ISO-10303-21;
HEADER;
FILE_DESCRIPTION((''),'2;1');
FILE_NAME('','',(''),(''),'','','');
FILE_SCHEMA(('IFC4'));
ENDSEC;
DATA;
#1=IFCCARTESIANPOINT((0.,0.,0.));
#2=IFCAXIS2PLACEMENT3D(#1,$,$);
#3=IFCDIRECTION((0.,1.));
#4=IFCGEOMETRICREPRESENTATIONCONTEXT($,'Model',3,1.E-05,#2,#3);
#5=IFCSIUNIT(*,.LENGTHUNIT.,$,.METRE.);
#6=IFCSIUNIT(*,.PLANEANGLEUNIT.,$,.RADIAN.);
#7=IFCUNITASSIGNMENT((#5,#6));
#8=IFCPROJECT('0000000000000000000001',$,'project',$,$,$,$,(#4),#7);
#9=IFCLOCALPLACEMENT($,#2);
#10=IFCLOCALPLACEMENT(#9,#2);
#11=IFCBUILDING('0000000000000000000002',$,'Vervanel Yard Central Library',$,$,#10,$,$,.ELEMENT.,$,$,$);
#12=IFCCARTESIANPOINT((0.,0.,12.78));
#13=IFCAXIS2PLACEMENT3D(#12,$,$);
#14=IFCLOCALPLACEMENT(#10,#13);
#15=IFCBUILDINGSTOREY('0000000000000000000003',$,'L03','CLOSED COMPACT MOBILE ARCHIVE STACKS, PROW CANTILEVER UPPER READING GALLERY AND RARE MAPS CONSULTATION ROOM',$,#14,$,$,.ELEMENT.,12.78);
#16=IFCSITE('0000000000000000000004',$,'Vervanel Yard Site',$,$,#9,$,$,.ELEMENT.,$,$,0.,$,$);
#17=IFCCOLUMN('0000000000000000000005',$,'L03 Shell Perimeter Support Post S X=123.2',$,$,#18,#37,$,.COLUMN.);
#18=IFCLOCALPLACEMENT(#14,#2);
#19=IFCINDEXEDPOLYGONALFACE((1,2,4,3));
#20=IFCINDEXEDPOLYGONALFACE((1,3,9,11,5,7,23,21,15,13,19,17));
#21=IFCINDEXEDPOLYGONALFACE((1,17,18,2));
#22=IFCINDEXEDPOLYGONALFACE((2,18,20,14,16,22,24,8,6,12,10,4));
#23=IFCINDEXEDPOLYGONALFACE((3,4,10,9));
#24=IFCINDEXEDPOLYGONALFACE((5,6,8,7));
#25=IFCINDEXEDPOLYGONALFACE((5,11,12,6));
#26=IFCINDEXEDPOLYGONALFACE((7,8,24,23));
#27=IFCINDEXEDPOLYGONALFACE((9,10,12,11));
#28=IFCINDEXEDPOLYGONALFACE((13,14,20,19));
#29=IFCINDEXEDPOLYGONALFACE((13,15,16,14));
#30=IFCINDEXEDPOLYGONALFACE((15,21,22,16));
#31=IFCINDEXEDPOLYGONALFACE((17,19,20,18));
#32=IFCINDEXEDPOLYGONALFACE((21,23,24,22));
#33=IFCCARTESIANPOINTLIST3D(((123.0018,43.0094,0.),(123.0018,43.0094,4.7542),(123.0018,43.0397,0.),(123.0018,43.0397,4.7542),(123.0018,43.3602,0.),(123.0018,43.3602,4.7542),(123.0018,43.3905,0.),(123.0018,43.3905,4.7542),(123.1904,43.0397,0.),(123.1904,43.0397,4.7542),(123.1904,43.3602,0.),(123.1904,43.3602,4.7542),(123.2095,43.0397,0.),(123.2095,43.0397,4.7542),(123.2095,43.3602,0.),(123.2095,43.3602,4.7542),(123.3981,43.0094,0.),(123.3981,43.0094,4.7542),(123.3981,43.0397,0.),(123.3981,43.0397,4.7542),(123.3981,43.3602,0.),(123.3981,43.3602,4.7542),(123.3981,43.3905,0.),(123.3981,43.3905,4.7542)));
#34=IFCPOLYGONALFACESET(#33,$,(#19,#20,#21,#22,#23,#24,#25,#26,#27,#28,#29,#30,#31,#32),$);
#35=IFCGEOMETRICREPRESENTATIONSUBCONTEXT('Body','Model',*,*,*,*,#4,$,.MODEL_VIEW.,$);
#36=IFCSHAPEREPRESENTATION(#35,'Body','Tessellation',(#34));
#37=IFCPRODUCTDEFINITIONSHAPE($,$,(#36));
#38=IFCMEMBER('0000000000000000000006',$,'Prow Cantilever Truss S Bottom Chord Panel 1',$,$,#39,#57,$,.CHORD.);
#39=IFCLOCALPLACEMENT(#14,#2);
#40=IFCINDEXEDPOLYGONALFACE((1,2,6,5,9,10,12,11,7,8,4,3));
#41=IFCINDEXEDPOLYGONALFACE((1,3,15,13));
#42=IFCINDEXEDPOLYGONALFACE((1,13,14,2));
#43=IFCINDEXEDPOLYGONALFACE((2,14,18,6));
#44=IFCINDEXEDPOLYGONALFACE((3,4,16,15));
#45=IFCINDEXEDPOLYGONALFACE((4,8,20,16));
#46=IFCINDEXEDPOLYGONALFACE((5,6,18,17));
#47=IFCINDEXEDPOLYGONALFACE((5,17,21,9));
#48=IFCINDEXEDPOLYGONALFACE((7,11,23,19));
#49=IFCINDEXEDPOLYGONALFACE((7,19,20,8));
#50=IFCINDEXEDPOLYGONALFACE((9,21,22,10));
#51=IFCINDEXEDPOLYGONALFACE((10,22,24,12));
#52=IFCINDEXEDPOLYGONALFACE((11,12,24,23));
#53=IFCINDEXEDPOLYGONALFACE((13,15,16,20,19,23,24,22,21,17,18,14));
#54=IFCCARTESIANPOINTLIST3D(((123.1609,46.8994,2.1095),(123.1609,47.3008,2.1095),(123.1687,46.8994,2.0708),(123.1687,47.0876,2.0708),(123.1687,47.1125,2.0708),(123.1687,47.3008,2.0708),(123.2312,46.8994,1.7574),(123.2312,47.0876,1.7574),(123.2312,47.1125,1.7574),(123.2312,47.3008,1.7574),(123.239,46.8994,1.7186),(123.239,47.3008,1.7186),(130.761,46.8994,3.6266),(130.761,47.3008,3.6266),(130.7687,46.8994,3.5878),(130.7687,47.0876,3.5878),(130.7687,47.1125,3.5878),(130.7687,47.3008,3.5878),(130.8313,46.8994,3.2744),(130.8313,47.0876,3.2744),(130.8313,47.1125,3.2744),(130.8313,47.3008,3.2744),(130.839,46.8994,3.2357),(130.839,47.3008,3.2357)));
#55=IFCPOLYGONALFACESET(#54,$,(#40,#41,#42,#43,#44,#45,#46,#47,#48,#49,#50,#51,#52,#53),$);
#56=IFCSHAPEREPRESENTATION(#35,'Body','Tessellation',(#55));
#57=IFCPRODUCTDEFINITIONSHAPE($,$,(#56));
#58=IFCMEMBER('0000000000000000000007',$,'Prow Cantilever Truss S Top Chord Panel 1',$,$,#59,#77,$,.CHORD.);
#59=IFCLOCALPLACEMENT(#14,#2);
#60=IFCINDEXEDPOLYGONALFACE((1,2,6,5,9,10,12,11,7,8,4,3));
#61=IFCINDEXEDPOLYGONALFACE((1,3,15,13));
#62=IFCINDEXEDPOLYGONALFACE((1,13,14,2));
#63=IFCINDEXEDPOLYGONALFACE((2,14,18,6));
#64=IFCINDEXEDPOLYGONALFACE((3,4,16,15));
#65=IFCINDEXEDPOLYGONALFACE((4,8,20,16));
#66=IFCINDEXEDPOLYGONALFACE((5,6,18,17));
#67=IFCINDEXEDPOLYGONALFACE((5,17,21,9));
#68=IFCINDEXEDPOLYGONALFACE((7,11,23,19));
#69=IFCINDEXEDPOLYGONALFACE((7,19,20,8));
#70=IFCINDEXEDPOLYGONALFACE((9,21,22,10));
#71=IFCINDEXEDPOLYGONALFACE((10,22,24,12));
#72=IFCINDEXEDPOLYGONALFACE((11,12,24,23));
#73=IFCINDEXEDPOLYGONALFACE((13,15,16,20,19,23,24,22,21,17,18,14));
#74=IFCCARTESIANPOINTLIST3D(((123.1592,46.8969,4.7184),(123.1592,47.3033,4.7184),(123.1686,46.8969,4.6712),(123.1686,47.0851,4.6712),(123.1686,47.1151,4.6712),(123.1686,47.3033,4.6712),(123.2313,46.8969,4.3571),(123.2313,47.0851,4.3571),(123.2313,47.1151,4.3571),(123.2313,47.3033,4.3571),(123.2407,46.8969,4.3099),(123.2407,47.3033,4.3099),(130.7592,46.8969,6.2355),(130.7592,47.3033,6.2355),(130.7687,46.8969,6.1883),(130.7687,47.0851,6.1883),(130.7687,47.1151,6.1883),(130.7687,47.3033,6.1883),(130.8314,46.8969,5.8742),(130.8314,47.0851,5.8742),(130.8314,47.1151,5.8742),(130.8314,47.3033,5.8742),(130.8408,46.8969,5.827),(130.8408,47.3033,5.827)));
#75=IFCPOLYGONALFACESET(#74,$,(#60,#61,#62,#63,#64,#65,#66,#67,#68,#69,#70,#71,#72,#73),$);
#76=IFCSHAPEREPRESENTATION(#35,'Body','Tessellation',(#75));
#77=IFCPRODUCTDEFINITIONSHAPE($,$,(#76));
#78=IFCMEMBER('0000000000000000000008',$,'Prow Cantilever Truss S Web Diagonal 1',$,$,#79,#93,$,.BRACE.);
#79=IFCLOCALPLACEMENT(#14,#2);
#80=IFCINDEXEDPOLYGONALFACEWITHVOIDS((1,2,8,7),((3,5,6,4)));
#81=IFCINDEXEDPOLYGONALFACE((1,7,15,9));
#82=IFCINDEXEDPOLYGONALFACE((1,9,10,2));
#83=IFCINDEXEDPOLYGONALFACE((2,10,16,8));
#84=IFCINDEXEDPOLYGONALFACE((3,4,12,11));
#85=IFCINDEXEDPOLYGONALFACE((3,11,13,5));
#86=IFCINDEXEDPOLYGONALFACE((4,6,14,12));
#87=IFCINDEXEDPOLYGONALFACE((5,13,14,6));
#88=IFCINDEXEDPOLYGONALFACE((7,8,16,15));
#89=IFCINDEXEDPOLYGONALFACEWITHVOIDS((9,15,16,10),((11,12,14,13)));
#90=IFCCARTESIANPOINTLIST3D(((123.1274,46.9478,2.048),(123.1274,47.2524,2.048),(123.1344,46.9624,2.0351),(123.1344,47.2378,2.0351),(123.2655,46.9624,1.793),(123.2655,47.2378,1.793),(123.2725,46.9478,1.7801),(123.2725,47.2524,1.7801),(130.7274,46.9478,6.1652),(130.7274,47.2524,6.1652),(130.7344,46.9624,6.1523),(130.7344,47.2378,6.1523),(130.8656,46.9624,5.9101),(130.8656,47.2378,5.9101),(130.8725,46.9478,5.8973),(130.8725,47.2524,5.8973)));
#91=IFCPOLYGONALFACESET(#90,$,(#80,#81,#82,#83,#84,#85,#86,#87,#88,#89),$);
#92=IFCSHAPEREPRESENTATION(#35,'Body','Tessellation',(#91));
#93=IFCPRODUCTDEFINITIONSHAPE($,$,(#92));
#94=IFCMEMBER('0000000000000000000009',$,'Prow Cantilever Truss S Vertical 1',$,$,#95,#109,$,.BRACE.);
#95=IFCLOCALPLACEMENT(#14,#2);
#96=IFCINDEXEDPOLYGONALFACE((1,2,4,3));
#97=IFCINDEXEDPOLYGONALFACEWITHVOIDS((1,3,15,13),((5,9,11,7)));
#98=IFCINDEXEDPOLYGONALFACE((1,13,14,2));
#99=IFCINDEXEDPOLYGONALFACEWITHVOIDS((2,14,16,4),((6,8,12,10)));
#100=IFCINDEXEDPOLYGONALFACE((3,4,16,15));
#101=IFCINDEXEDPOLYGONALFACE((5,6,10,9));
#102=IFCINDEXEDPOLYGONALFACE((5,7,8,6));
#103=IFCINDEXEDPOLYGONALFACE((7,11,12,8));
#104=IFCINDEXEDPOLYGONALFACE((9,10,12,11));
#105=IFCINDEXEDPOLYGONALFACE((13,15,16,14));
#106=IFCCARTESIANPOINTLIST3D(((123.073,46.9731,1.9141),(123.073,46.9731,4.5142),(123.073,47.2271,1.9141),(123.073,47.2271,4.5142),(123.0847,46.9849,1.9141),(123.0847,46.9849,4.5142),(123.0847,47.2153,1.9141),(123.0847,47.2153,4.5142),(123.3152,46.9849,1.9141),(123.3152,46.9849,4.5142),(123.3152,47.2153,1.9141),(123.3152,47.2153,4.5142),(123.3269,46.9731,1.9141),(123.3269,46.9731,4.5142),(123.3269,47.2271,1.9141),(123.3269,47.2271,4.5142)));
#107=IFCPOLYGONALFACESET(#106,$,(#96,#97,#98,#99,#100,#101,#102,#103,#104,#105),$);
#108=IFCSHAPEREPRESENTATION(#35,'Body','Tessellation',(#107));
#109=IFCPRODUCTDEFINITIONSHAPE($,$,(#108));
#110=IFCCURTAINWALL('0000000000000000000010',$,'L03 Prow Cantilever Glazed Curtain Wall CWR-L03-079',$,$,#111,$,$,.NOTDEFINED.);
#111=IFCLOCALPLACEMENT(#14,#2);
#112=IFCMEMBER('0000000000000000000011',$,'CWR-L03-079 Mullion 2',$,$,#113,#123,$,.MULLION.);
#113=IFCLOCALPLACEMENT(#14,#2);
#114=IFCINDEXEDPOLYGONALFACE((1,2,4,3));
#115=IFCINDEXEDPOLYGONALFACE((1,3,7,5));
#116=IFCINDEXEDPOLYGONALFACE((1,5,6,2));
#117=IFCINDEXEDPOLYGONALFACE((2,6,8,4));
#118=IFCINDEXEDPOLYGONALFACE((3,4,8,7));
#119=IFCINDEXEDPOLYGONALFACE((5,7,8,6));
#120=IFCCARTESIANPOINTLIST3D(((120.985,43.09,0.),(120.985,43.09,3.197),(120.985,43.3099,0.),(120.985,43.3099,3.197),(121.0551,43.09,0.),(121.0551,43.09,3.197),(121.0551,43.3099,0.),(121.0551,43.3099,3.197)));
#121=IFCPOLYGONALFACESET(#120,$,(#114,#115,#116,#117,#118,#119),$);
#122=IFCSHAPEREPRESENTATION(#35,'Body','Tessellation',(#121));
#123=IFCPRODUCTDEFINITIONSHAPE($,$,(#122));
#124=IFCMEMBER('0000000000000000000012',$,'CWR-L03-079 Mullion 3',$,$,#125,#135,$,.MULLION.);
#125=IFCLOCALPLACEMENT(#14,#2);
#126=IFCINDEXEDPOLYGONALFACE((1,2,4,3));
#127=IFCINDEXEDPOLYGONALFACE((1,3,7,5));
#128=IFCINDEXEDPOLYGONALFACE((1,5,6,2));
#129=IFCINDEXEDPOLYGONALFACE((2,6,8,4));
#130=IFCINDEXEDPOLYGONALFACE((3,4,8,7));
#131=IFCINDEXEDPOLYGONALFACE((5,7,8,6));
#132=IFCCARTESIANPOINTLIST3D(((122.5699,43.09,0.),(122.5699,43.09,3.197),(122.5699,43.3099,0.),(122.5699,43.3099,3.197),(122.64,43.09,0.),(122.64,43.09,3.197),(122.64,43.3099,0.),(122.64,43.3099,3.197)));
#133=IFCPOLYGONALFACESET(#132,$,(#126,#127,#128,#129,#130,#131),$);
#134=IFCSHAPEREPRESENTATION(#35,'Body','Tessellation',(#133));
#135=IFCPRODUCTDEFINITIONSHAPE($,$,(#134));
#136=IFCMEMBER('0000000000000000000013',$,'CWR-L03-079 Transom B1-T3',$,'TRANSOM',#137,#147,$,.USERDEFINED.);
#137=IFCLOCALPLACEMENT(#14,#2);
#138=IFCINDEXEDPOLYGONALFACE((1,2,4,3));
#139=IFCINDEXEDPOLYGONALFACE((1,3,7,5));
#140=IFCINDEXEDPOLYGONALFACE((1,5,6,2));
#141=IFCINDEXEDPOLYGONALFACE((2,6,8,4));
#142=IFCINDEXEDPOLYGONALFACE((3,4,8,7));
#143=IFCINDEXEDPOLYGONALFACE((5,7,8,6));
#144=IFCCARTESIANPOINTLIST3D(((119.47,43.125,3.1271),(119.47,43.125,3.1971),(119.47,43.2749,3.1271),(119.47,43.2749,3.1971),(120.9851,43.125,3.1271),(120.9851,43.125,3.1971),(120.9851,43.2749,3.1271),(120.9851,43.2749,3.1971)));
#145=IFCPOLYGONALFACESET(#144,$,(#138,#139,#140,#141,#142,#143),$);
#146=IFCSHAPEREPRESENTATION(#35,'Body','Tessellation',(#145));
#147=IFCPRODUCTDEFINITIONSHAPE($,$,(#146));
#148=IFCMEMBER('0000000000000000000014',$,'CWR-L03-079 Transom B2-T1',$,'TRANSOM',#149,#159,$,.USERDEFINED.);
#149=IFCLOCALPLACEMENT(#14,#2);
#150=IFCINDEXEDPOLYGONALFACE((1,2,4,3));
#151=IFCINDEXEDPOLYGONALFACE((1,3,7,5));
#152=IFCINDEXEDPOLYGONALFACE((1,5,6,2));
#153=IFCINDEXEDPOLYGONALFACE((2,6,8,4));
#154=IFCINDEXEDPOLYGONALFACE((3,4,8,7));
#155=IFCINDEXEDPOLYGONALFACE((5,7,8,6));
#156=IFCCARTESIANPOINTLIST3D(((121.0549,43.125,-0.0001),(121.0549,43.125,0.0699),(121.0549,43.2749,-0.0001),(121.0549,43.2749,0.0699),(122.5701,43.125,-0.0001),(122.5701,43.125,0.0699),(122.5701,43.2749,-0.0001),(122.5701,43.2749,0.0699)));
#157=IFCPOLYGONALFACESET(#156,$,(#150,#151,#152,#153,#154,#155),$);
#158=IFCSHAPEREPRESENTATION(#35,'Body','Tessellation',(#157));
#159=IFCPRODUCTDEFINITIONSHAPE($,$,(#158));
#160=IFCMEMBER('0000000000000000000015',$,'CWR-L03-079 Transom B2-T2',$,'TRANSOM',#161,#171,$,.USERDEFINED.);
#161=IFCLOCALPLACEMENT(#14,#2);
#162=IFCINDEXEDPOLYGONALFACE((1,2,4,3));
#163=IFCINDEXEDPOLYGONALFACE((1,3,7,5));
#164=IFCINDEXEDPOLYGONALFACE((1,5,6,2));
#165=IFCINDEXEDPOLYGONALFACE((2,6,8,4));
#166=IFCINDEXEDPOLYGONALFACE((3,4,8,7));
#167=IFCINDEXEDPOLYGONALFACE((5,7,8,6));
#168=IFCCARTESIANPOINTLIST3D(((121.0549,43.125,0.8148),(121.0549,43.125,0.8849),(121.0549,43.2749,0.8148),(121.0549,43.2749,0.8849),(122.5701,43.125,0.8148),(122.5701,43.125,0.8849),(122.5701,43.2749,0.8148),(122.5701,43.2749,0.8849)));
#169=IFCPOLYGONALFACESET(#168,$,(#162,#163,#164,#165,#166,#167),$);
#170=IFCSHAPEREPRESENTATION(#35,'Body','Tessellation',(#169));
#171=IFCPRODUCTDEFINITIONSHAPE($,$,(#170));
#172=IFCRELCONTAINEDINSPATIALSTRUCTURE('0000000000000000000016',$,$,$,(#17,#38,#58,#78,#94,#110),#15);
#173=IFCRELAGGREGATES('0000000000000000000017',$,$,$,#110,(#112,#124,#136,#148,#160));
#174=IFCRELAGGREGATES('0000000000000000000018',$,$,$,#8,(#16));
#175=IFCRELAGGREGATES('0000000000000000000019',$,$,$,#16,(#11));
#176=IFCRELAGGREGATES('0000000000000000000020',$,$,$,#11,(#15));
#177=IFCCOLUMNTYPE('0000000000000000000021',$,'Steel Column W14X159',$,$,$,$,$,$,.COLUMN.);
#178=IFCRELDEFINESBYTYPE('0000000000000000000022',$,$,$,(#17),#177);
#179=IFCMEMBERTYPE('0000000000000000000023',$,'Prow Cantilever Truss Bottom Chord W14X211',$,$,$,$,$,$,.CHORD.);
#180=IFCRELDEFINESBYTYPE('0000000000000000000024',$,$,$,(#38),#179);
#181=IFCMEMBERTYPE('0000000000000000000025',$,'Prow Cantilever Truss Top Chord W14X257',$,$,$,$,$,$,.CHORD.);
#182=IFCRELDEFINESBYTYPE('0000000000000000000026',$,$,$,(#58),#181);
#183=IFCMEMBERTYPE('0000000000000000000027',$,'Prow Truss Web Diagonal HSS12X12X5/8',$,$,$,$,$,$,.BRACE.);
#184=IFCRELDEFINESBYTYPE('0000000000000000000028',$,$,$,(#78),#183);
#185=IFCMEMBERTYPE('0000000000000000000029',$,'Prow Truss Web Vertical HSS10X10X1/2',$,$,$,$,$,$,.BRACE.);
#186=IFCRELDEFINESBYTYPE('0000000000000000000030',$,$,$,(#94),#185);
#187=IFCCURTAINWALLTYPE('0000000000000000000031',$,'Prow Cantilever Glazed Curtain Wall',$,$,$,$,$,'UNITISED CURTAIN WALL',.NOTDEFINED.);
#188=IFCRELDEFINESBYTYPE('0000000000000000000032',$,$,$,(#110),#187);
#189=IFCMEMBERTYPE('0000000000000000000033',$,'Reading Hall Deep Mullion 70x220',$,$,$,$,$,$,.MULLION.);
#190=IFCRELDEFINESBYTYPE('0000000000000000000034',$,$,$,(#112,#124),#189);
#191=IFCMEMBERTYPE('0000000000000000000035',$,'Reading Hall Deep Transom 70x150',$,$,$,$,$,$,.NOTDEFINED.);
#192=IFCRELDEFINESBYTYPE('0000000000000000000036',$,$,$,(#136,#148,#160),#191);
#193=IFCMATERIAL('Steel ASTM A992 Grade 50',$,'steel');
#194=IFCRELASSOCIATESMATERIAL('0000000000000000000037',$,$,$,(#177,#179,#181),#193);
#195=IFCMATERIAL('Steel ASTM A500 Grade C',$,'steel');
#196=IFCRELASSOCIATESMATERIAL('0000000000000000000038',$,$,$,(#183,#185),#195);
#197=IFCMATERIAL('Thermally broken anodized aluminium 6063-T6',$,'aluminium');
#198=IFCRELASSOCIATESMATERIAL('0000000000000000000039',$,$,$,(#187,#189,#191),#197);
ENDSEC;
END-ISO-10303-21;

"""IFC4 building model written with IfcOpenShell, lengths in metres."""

from ifc_helpers import new_model, si_unit, direction, frame, origin, origin_2d, place, context, subcontext, project, spatial, rectangle, hollow_rectangle, i_section, extrude, material, material_profile, profile_set, type_object, element, aggregate, save


model = new_model("IFC4")

# Units and contexts
model_context = context("Model", 3, precision=1e-05, world=origin(), true_north=direction((0.0, 1.0)))
body_context = subcontext(model_context, "Body", "Model", "MODEL_VIEW")
ifc_project = project(units=[si_unit("LENGTHUNIT", "METRE"), si_unit("PLANEANGLEUNIT", "RADIAN")], contexts=[model_context])

# Site, building, storey
site_placement = place(None, origin())
site = spatial("IfcSite", under=ifc_project, at=site_placement, Name="Vervanel Yard Site", CompositionType="ELEMENT", RefElevation=0.0)
building_placement = place(site_placement, origin())
building = spatial("IfcBuilding", under=site, at=building_placement, Name="Vervanel Yard Central Library", CompositionType="ELEMENT")
storey_placement = place(building_placement, frame((0.0, 0.0, 12.78)))
storey = spatial("IfcBuildingStorey", under=building, at=storey_placement, Name="L03", Description="CLOSED COMPACT MOBILE ARCHIVE STACKS, PROW CANTILEVER UPPER READING GALLERY AND RARE MAPS CONSULTATION ROOM", CompositionType="ELEMENT", Elevation=12.78)

# Column
ifc_material_1 = material(Name="Steel ASTM A992 Grade 50", Category="steel")
ifc_material_profile_1 = material_profile(ifc_material_1, i_section(OverallWidth=0.3962, OverallDepth=0.3811, WebThickness=0.019, FlangeThickness=0.0303, at=origin_2d()), Name="W14X159", Category="steel")
ifc_profile_set_1 = profile_set([ifc_material_profile_1], Name="Steel ASTM A992 Grade 50")
column_type = type_object("IfcColumnType", Name="Steel Column W14X159", PredefinedType="COLUMN", material=ifc_profile_set_1)
column_placement = place(storey_placement, frame((123.2, 43.2, 0.0), z_axis=(0.0, 0.0, 1.0), x_axis=(1.0, 0.0, 0.0)))
element("IfcColumn", 1, at=column_placement, inside=storey, type_object=column_type, Name="L03 Shell Perimeter Support Post S X=123.2", PredefinedType="COLUMN", context=body_context, shape_type="SweptSolid", body=[
    extrude(i_section(OverallWidth=0.3962, OverallDepth=0.3811, WebThickness=0.019, FlangeThickness=0.0303, at=origin_2d()), origin(), (0.0, 0.0, 1.0), 4.7542),
])

# Members
ifc_material_profile_2 = material_profile(ifc_material_1, i_section(OverallWidth=0.4014, OverallDepth=0.3987, WebThickness=0.0249, FlangeThickness=0.0396, at=origin_2d()), Name="W14X211", Category="steel")
ifc_profile_set_2 = profile_set([ifc_material_profile_2], Name="Steel ASTM A992 Grade 50")
member_type_1 = type_object("IfcMemberType", Name="Prow Cantilever Truss Bottom Chord W14X211", PredefinedType="CHORD", material=ifc_profile_set_2)
member_1_placement = place(storey_placement, frame((123.2, 47.1001, 1.9141), z_axis=(0.980653, 0.0, 0.195753), x_axis=(0.0, 1.0, 0.0)))
element("IfcMember", 2, at=member_1_placement, inside=storey, type_object=member_type_1, Name="Prow Cantilever Truss S Bottom Chord Panel 1", PredefinedType="CHORD", context=body_context, shape_type="SweptSolid", body=[
    extrude(i_section(OverallWidth=0.4014, OverallDepth=0.3987, WebThickness=0.0249, FlangeThickness=0.0396, at=origin_2d()), origin(), (0.0, 0.0, 1.0), 7.75),
])
ifc_material_profile_3 = material_profile(ifc_material_1, i_section(OverallWidth=0.4065, OverallDepth=0.4165, WebThickness=0.03, FlangeThickness=0.0481, at=origin_2d()), Name="W14X257", Category="steel")
ifc_profile_set_3 = profile_set([ifc_material_profile_3], Name="Steel ASTM A992 Grade 50")
member_type_2 = type_object("IfcMemberType", Name="Prow Cantilever Truss Top Chord W14X257", PredefinedType="CHORD", material=ifc_profile_set_3)
member_2_placement = place(storey_placement, frame((123.2, 47.1001, 4.5142), z_axis=(0.980653, 0.0, 0.195753), x_axis=(0.0, 1.0, 0.0)))
element("IfcMember", 3, at=member_2_placement, inside=storey, type_object=member_type_2, Name="Prow Cantilever Truss S Top Chord Panel 1", PredefinedType="CHORD", context=body_context, shape_type="SweptSolid", body=[
    extrude(i_section(OverallWidth=0.4065, OverallDepth=0.4165, WebThickness=0.03, FlangeThickness=0.0481, at=origin_2d()), origin(), (0.0, 0.0, 1.0), 7.75),
])
ifc_material_2 = material(Name="Steel ASTM A500 Grade C", Category="steel")
ifc_material_profile_4 = material_profile(ifc_material_2, hollow_rectangle(XDim=0.3047, YDim=0.3047, WallThickness=0.0146, at=origin_2d()), Name="HSS12X12X5/8", Category="steel")
ifc_profile_set_4 = profile_set([ifc_material_profile_4], Name="Steel ASTM A500 Grade C")
member_type_3 = type_object("IfcMemberType", Name="Prow Truss Web Diagonal HSS12X12X5/8", PredefinedType="BRACE", material=ifc_profile_set_4)
member_3_placement = place(storey_placement, frame((123.2, 47.1001, 1.9141), z_axis=(0.879269, 0.0, 0.476325), x_axis=(0.0, 1.0, 0.0)))
element("IfcMember", 4, at=member_3_placement, inside=storey, type_object=member_type_3, Name="Prow Cantilever Truss S Web Diagonal 1", PredefinedType="BRACE", context=body_context, shape_type="SweptSolid", body=[
    extrude(hollow_rectangle(XDim=0.3047, YDim=0.3047, WallThickness=0.0146, at=origin_2d()), origin(), (0.0, 0.0, 1.0), 8.6436),
])
ifc_material_profile_5 = material_profile(ifc_material_2, hollow_rectangle(XDim=0.2539, YDim=0.2539, WallThickness=0.0117, at=origin_2d()), Name="HSS10X10X1/2", Category="steel")
ifc_profile_set_5 = profile_set([ifc_material_profile_5], Name="Steel ASTM A500 Grade C")
member_type_4 = type_object("IfcMemberType", Name="Prow Truss Web Vertical HSS10X10X1/2", PredefinedType="BRACE", material=ifc_profile_set_5)
member_4_placement = place(storey_placement, frame((123.2, 47.1001, 1.9141), z_axis=(0.0, 0.0, 1.0), x_axis=(1.0, 0.0, 0.0)))
element("IfcMember", 5, at=member_4_placement, inside=storey, type_object=member_type_4, Name="Prow Cantilever Truss S Vertical 1", PredefinedType="BRACE", context=body_context, shape_type="SweptSolid", body=[
    extrude(hollow_rectangle(XDim=0.2539, YDim=0.2539, WallThickness=0.0117, at=origin_2d()), origin(), (0.0, 0.0, 1.0), 2.6001),
])

# Curtain wall, members
ifc_material_3 = material(Name="Thermally broken anodized aluminium 6063-T6", Category="aluminium")
curtain_wall_type = type_object("IfcCurtainWallType", Name="Prow Cantilever Glazed Curtain Wall", ElementType="UNITISED CURTAIN WALL", PredefinedType="NOTDEFINED", material=ifc_material_3)
curtain_wall_placement = place(storey_placement, origin())
curtain_wall = element("IfcCurtainWall", 6, at=curtain_wall_placement, inside=storey, type_object=curtain_wall_type, Name="L03 Prow Cantilever Glazed Curtain Wall CWR-L03-079", PredefinedType="NOTDEFINED")
ifc_material_profile_6 = material_profile(ifc_material_3, rectangle(XDim=0.0701, YDim=0.22, at=origin_2d()), Name="ALU 70x220", Category="aluminium")
ifc_profile_set_6 = profile_set([ifc_material_profile_6], Name="Thermally broken anodized aluminium 6063-T6")
member_type_5 = type_object("IfcMemberType", Name="Reading Hall Deep Mullion 70x220", PredefinedType="MULLION", material=ifc_profile_set_6)
member_5_placement = place(storey_placement, frame((121.02, 43.2, 0.0), z_axis=(0.0, 0.0, 1.0), x_axis=(1.0, 0.0, 0.0)))
member_5 = element("IfcMember", 7, at=member_5_placement, type_object=member_type_5, Name="CWR-L03-079 Mullion 2", PredefinedType="MULLION", context=body_context, shape_type="SweptSolid", body=[
    extrude(rectangle(XDim=0.0701, YDim=0.22, at=origin_2d()), origin(), (0.0, 0.0, 1.0), 3.197),
])
member_6_placement = place(storey_placement, frame((122.605, 43.2, 0.0), z_axis=(0.0, 0.0, 1.0), x_axis=(1.0, 0.0, 0.0)))
member_6 = element("IfcMember", 8, at=member_6_placement, type_object=member_type_5, Name="CWR-L03-079 Mullion 3", PredefinedType="MULLION", context=body_context, shape_type="SweptSolid", body=[
    extrude(rectangle(XDim=0.0701, YDim=0.22, at=origin_2d()), origin(), (0.0, 0.0, 1.0), 3.197),
])
ifc_material_profile_7 = material_profile(ifc_material_3, rectangle(XDim=0.0701, YDim=0.1499, at=origin_2d()), Name="ALU 70x150", Category="aluminium")
ifc_profile_set_7 = profile_set([ifc_material_profile_7], Name="Thermally broken anodized aluminium 6063-T6")
member_type_6 = type_object("IfcMemberType", Name="Reading Hall Deep Transom 70x150", PredefinedType="NOTDEFINED", material=ifc_profile_set_7)
member_7_placement = place(storey_placement, frame((119.47, 43.2, 3.1621), z_axis=(1.0, 0.0, 0.0), x_axis=(0.0, 0.0, 1.0)))
member_7 = element("IfcMember", 9, at=member_7_placement, type_object=member_type_6, Name="CWR-L03-079 Transom B1-T3", ObjectType="TRANSOM", PredefinedType="USERDEFINED", context=body_context, shape_type="SweptSolid", body=[
    extrude(rectangle(XDim=0.0701, YDim=0.1499, at=origin_2d()), origin(), (0.0, 0.0, 1.0), 1.5151),
])
member_8_placement = place(storey_placement, frame((121.0549, 43.2, 0.0349), z_axis=(1.0, 0.0, 0.0), x_axis=(0.0, 0.0, 1.0)))
member_8 = element("IfcMember", 10, at=member_8_placement, type_object=member_type_6, Name="CWR-L03-079 Transom B2-T1", ObjectType="TRANSOM", PredefinedType="USERDEFINED", context=body_context, shape_type="SweptSolid", body=[
    extrude(rectangle(XDim=0.0701, YDim=0.1499, at=origin_2d()), origin(), (0.0, 0.0, 1.0), 1.5151),
])
member_9_placement = place(storey_placement, frame((121.0549, 43.2, 0.8499), z_axis=(1.0, 0.0, 0.0), x_axis=(0.0, 0.0, 1.0)))
member_9 = element("IfcMember", 11, at=member_9_placement, type_object=member_type_6, Name="CWR-L03-079 Transom B2-T2", ObjectType="TRANSOM", PredefinedType="USERDEFINED", context=body_context, shape_type="SweptSolid", body=[
    extrude(rectangle(XDim=0.0701, YDim=0.1499, at=origin_2d()), origin(), (0.0, 0.0, 1.0), 1.5151),
])

aggregate(curtain_wall, [member_5, member_6, member_7, member_8, member_9])

save(model, "model.ifc")
